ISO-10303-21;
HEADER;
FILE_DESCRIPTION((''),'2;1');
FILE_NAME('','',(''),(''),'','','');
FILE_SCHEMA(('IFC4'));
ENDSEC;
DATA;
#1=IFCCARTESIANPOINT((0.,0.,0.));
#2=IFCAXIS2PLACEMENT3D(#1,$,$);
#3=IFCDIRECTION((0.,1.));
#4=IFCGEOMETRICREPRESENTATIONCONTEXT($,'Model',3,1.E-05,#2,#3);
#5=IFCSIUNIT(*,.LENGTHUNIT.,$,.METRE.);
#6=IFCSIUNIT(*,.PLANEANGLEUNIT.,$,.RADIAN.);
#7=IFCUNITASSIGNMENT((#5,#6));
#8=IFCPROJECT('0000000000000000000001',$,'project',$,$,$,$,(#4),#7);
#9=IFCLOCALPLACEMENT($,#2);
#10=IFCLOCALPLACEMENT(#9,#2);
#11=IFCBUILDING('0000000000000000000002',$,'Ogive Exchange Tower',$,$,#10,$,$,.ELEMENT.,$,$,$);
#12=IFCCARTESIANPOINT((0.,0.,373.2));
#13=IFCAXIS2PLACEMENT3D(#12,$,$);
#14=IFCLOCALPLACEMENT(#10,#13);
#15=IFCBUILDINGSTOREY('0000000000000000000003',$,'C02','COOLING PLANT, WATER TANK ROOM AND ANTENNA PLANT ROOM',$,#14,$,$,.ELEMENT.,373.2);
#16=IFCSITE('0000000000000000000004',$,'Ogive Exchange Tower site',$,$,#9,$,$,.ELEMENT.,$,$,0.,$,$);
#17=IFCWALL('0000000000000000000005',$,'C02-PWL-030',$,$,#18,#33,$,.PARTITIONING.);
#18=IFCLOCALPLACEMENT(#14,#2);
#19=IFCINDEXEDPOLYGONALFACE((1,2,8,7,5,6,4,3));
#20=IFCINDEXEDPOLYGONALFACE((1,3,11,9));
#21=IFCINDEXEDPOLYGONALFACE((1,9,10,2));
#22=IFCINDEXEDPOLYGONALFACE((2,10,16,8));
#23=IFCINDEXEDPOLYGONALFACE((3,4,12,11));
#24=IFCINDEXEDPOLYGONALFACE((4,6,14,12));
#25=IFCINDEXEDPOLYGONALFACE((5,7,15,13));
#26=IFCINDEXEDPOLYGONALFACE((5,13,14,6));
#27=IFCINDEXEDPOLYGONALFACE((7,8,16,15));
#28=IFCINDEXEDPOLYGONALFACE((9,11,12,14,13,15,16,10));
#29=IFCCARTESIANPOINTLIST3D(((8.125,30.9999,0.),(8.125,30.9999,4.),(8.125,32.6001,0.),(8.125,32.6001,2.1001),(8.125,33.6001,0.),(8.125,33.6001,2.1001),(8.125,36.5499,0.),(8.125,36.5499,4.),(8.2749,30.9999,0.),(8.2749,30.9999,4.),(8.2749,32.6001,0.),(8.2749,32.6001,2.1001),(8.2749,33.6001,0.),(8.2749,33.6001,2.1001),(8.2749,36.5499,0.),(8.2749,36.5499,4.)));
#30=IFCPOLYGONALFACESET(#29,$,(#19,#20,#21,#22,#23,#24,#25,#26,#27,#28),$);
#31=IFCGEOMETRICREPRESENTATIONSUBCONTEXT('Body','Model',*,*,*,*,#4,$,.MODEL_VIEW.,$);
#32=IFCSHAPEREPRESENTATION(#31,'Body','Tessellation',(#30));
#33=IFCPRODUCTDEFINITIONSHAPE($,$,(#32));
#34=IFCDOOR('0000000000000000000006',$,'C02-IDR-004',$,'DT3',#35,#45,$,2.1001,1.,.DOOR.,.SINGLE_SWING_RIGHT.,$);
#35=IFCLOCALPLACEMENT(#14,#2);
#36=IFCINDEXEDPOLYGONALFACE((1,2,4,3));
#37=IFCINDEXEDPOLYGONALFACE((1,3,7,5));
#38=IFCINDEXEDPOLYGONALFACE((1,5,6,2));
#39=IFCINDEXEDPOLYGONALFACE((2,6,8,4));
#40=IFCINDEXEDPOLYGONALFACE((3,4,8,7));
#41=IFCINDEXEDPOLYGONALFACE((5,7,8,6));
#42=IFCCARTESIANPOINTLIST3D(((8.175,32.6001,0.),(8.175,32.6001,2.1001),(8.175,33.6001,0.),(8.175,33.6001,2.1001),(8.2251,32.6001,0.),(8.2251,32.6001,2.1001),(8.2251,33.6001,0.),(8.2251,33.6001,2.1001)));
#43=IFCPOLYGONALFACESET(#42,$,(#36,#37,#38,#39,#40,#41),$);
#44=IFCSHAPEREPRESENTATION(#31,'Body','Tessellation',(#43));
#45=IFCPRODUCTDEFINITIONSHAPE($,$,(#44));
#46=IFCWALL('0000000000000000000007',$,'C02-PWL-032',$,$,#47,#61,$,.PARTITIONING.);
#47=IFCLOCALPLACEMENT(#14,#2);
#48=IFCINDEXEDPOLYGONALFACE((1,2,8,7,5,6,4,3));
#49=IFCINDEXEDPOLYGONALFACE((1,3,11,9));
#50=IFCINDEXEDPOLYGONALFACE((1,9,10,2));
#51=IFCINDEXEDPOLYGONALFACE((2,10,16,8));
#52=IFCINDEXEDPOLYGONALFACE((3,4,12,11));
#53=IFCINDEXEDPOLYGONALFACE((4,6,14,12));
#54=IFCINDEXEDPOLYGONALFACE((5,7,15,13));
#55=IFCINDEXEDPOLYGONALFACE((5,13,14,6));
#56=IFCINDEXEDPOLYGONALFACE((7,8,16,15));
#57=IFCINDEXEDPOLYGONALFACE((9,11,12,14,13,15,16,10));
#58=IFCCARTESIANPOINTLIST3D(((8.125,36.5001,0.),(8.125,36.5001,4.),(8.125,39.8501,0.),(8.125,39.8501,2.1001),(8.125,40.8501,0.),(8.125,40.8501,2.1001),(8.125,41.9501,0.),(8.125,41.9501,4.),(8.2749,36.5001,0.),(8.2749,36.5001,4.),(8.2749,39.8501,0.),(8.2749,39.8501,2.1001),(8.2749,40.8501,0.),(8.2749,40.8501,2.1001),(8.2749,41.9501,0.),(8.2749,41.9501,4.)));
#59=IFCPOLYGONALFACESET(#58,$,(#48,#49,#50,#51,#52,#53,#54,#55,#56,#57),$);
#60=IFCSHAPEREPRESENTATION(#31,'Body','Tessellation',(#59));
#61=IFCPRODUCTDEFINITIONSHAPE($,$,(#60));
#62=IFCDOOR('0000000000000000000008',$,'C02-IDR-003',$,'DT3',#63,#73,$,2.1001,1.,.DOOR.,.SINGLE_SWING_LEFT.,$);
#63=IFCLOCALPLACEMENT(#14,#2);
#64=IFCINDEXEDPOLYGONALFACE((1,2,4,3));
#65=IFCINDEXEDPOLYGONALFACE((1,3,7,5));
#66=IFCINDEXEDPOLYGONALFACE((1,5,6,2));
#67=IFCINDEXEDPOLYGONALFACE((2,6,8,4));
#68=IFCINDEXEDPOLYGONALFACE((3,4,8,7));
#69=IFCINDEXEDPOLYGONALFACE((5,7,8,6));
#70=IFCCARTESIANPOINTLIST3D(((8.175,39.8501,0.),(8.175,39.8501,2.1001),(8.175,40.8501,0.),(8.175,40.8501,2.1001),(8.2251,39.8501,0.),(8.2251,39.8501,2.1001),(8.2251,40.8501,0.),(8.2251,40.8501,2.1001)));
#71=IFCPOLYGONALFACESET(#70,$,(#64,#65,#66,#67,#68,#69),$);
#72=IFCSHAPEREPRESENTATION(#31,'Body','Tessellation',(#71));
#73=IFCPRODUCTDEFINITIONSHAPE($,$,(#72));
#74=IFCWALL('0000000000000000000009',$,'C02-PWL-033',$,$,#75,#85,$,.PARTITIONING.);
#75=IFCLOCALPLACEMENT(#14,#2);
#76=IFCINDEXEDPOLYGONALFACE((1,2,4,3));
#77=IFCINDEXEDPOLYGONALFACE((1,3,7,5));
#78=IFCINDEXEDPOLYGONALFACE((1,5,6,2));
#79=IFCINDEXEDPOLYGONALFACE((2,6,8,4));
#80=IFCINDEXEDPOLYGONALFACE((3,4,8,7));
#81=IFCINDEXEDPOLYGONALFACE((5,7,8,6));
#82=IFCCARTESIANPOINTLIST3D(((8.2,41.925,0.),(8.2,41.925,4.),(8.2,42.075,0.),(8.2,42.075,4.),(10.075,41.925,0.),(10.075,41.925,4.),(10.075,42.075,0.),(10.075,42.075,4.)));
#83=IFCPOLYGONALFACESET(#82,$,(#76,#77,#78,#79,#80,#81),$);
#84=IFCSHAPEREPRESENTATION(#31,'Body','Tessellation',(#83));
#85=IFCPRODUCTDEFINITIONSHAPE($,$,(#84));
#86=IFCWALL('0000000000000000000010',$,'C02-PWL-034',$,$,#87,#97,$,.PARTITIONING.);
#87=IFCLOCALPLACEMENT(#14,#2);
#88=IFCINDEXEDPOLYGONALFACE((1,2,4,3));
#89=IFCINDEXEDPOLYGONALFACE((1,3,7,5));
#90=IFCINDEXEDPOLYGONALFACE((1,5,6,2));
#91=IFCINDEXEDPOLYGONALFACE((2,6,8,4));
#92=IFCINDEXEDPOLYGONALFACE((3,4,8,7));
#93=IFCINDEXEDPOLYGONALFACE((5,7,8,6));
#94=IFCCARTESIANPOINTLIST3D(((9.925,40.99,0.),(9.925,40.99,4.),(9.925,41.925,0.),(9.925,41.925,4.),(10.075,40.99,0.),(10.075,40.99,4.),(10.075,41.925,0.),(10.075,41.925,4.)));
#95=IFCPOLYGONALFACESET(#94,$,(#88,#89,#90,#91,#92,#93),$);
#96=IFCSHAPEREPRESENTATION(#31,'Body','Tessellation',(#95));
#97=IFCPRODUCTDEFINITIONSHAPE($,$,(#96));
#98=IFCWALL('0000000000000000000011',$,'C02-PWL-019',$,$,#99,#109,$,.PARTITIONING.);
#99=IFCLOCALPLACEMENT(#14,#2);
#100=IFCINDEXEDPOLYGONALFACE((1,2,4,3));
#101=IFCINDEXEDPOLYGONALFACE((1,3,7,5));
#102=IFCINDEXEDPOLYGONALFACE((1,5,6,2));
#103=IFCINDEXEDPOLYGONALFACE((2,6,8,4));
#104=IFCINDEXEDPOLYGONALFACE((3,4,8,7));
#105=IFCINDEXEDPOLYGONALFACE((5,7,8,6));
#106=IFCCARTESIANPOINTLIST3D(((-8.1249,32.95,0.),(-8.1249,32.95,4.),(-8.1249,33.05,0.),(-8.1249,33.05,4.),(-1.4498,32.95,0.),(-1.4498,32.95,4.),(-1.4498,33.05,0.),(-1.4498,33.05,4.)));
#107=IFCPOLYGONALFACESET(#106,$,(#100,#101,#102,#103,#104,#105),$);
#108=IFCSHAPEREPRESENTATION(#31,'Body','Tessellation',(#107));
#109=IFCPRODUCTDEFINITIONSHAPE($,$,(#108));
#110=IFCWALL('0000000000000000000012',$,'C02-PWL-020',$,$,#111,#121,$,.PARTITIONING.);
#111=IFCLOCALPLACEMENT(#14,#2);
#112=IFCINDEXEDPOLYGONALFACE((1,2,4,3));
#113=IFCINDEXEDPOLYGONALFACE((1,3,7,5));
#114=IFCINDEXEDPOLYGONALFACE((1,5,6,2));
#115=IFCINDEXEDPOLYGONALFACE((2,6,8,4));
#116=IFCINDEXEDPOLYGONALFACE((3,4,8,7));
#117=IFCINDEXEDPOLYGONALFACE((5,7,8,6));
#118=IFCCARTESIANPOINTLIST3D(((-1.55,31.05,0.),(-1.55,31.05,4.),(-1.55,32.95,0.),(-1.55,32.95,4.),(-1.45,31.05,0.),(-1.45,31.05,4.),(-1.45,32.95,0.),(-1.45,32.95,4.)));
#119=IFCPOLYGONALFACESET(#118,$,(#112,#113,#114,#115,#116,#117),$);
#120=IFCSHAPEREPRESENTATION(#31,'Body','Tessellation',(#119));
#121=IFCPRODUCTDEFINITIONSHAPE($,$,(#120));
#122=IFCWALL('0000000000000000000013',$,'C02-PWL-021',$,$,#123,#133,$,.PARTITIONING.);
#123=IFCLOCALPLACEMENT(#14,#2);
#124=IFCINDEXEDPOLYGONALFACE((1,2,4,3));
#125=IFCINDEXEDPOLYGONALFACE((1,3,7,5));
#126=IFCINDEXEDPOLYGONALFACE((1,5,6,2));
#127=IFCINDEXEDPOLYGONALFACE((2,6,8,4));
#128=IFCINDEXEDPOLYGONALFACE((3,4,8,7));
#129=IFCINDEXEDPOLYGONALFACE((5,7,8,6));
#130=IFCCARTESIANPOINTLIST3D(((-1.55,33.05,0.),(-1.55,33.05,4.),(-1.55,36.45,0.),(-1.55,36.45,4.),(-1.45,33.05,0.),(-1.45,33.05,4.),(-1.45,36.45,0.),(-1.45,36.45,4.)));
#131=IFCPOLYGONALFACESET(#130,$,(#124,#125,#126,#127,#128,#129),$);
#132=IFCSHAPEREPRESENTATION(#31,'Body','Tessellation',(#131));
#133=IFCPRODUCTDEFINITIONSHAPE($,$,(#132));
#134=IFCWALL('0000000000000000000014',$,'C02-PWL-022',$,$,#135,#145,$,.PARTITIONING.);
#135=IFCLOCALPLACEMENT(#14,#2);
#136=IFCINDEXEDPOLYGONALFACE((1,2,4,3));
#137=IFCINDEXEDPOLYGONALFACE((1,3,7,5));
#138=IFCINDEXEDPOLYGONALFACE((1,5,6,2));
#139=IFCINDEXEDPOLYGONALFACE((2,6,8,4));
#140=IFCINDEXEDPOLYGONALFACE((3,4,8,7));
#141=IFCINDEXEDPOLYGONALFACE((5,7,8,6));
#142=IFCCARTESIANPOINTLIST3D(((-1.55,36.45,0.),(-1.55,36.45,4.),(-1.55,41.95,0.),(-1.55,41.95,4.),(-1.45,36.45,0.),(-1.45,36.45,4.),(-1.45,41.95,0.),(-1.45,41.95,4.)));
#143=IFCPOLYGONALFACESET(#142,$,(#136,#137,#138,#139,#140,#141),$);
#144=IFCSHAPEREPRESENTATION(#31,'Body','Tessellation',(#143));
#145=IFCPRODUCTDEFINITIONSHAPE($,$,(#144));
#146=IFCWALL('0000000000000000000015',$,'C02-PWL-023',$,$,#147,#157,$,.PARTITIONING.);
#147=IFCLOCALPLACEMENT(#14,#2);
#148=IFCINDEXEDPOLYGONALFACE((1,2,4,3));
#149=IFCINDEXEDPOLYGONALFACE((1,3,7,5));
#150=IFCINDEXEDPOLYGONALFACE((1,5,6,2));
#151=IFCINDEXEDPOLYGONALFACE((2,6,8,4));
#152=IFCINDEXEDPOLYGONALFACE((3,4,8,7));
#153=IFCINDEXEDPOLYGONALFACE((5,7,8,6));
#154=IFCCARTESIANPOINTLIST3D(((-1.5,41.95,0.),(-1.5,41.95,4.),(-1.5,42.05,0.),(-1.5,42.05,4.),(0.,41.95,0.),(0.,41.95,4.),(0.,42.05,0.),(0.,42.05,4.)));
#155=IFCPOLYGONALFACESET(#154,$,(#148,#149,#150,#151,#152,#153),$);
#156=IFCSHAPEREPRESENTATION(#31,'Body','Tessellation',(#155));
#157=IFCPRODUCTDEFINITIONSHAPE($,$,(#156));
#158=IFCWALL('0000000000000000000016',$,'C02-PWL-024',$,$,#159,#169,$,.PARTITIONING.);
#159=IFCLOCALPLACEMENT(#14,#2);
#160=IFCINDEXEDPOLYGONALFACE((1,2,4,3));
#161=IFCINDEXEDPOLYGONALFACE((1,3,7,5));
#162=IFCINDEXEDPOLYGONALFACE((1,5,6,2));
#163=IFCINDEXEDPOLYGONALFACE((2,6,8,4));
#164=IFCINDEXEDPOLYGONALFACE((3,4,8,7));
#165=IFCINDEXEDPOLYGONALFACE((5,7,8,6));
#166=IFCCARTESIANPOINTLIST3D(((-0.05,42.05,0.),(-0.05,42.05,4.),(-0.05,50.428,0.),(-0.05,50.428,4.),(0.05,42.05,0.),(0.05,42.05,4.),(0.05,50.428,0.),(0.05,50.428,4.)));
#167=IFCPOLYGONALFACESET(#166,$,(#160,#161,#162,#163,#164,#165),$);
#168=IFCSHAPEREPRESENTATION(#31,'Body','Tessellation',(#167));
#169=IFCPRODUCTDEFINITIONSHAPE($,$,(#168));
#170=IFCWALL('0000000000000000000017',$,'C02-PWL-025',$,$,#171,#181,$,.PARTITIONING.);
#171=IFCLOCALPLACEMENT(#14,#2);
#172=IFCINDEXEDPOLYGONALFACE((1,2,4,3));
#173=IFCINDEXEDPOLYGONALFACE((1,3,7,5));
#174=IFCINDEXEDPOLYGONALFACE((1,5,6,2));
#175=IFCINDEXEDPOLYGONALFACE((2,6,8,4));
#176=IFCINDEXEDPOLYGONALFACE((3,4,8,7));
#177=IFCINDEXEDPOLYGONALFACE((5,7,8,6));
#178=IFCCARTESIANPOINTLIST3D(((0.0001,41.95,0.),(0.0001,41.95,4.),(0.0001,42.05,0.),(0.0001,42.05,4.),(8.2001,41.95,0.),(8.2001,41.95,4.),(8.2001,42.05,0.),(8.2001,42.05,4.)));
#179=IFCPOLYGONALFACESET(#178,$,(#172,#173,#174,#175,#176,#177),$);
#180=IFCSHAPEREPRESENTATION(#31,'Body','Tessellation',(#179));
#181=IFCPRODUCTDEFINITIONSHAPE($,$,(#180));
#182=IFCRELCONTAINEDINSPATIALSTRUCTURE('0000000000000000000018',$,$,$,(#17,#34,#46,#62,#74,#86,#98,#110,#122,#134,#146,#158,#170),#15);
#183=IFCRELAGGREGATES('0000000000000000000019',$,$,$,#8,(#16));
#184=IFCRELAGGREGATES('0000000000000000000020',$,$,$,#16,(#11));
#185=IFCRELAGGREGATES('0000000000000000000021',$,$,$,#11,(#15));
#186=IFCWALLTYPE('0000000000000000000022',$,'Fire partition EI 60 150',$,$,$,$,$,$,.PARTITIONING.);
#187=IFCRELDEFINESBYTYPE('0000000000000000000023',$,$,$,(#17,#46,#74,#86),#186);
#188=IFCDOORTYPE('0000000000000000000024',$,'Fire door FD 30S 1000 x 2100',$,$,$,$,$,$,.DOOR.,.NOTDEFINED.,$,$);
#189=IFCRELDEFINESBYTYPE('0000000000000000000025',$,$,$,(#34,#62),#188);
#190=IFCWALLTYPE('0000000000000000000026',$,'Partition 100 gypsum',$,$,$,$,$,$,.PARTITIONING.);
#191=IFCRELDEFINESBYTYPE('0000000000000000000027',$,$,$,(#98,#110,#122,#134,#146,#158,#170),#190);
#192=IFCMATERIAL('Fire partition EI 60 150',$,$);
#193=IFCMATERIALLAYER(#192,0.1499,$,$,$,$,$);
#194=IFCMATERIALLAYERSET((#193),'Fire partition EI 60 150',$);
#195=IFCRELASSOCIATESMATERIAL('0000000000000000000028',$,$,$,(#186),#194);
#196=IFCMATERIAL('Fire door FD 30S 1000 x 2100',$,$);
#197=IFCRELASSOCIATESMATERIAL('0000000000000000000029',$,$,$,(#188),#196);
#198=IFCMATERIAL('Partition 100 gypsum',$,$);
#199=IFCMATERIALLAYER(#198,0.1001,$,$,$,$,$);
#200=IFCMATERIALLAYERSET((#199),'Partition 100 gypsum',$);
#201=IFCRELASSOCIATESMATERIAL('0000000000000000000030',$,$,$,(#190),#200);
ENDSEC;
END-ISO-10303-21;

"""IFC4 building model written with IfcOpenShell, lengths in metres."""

from ifc_helpers import new_model, si_unit, direction, frame, frame_2d, origin, place, context, subcontext, project, spatial, rectangle, extrude, material, layer, layer_set, type_object, element, fill, save


model = new_model("IFC4")

# Units and contexts
model_context = context("Model", 3, precision=1e-05, world=origin(), true_north=direction((0.0, 1.0)))
body_context = subcontext(model_context, "Body", "Model", "MODEL_VIEW")
ifc_project = project(units=[si_unit("LENGTHUNIT", "METRE"), si_unit("PLANEANGLEUNIT", "RADIAN")], contexts=[model_context])

# Site, building, storey
site_placement = place(None, origin())
site = spatial("IfcSite", under=ifc_project, at=site_placement, Name="Ogive Exchange Tower site", CompositionType="ELEMENT", RefElevation=0.0)
building_placement = place(site_placement, origin())
building = spatial("IfcBuilding", under=site, at=building_placement, Name="Ogive Exchange Tower", CompositionType="ELEMENT")
storey_placement = place(building_placement, frame((0.0, 0.0, 373.2)))
storey = spatial("IfcBuildingStorey", under=building, at=storey_placement, Name="C02", Description="COOLING PLANT, WATER TANK ROOM AND ANTENNA PLANT ROOM", CompositionType="ELEMENT", Elevation=373.2)

# Shared definitions
ifc_material_1 = material(Name="Fire partition EI 60 150")
ifc_layer_1 = layer(ifc_material_1, 0.1499)
ifc_layer_set_1 = layer_set([ifc_layer_1], Name="Fire partition EI 60 150")
wall_type_1 = type_object("IfcWallType", Name="Fire partition EI 60 150", PredefinedType="PARTITIONING", material=ifc_layer_set_1)

# Walls, openings, doors
wall_1_placement = place(storey_placement, frame((8.2, 31.0, 0.0), z_axis=(0.0, 0.0, 1.0), x_axis=(0.0, 1.0, 0.0)))
wall_1 = element("IfcWall", 1, at=wall_1_placement, inside=storey, type_object=wall_type_1, Name="C02-PWL-030", PredefinedType="PARTITIONING", context=body_context, shape_type="SweptSolid", body=[
    extrude(rectangle(XDim=5.55, YDim=0.1499, at=frame_2d((2.7749, 0.0))), origin(), (0.0, 0.0, 1.0), 4.0),
])
opening_1_placement = place(wall_1_placement, frame((1.6001, 0.0, 0.0)))
opening_1 = element("IfcOpeningElement", 2, at=opening_1_placement, cuts=wall_1, PredefinedType="OPENING", context=body_context, shape_type="SweptSolid", body=[
    extrude(rectangle(XDim=1.0, YDim=2.1001, at=frame_2d((0.5, 1.05))), frame((0.0, 0.085, 0.0), z_axis=(0.0, -1.0, 0.0), x_axis=(1.0, 0.0, 0.0)), (0.0, 0.0, 1.0), 0.1699),
])
ifc_material_2 = material(Name="Fire door FD 30S 1000 x 2100")
door_type = type_object("IfcDoorType", Name="Fire door FD 30S 1000 x 2100", OperationType="NOTDEFINED", PredefinedType="DOOR", material=ifc_material_2)
door_1_placement = place(opening_1_placement, origin())
door_1 = element("IfcDoor", 3, at=door_1_placement, inside=storey, type_object=door_type, Name="C02-IDR-004", ObjectType="DT3", OperationType="SINGLE_SWING_RIGHT", OverallHeight=2.1001, OverallWidth=1.0, PredefinedType="DOOR", context=body_context, shape_type="SweptSolid", body=[
    extrude(rectangle(XDim=1.0, YDim=2.1001, at=frame_2d((0.5, 1.05))), frame((0.0, 0.0249, 0.0), z_axis=(0.0, -1.0, 0.0), x_axis=(1.0, 0.0, 0.0)), (0.0, 0.0, 1.0), 0.05),
])
fill(opening_1, door_1)
wall_2_placement = place(storey_placement, frame((8.2, 36.5, 0.0), z_axis=(0.0, 0.0, 1.0), x_axis=(0.0, 1.0, 0.0)))
wall_2 = element("IfcWall", 4, at=wall_2_placement, inside=storey, type_object=wall_type_1, Name="C02-PWL-032", PredefinedType="PARTITIONING", context=body_context, shape_type="SweptSolid", body=[
    extrude(rectangle(XDim=5.45, YDim=0.1499, at=frame_2d((2.7251, 0.0))), origin(), (0.0, 0.0, 1.0), 4.0),
])
opening_2_placement = place(wall_2_placement, frame((3.3501, 0.0, 0.0)))
opening_2 = element("IfcOpeningElement", 5, at=opening_2_placement, cuts=wall_2, PredefinedType="OPENING", context=body_context, shape_type="SweptSolid", body=[
    extrude(rectangle(XDim=1.0, YDim=2.1001, at=frame_2d((0.5, 1.05))), frame((0.0, 0.085, 0.0), z_axis=(0.0, -1.0, 0.0), x_axis=(1.0, 0.0, 0.0)), (0.0, 0.0, 1.0), 0.1699),
])
door_2_placement = place(opening_2_placement, origin())
door_2 = element("IfcDoor", 6, at=door_2_placement, inside=storey, type_object=door_type, Name="C02-IDR-003", ObjectType="DT3", OperationType="SINGLE_SWING_LEFT", OverallHeight=2.1001, OverallWidth=1.0, PredefinedType="DOOR", context=body_context, shape_type="SweptSolid", body=[
    extrude(rectangle(XDim=1.0, YDim=2.1001, at=frame_2d((0.5, 1.05))), frame((0.0, 0.0249, 0.0), z_axis=(0.0, -1.0, 0.0), x_axis=(1.0, 0.0, 0.0)), (0.0, 0.0, 1.0), 0.05),
])
fill(opening_2, door_2)

# Walls
wall_3_placement = place(storey_placement, frame((8.2, 42.0, 0.0), z_axis=(0.0, 0.0, 1.0), x_axis=(1.0, 0.0, 0.0)))
element("IfcWall", 7, at=wall_3_placement, inside=storey, type_object=wall_type_1, Name="C02-PWL-033", PredefinedType="PARTITIONING", context=body_context, shape_type="SweptSolid", body=[
    extrude(rectangle(XDim=1.875, YDim=0.1499, at=frame_2d((0.9375, 0.0))), origin(), (0.0, 0.0, 1.0), 4.0),
])
wall_4_placement = place(storey_placement, frame((10.0, 41.925, 0.0), z_axis=(0.0, 0.0, 1.0), x_axis=(0.0, -1.0, 0.0)))
element("IfcWall", 8, at=wall_4_placement, inside=storey, type_object=wall_type_1, Name="C02-PWL-034", PredefinedType="PARTITIONING", context=body_context, shape_type="SweptSolid", body=[
    extrude(rectangle(XDim=0.9351, YDim=0.1499, at=frame_2d((0.4675, 0.0))), origin(), (0.0, 0.0, 1.0), 4.0),
])
ifc_material_3 = material(Name="Partition 100 gypsum")
ifc_layer_2 = layer(ifc_material_3, 0.1001)
ifc_layer_set_2 = layer_set([ifc_layer_2], Name="Partition 100 gypsum")
wall_type_2 = type_object("IfcWallType", Name="Partition 100 gypsum", PredefinedType="PARTITIONING", material=ifc_layer_set_2)
wall_5_placement = place(storey_placement, frame((-1.45, 33.0, 0.0), z_axis=(0.0, 0.0, 1.0), x_axis=(-1.0, 0.0, 0.0)))
element("IfcWall", 9, at=wall_5_placement, inside=storey, type_object=wall_type_2, Name="C02-PWL-019", PredefinedType="PARTITIONING", context=body_context, shape_type="SweptSolid", body=[
    extrude(rectangle(XDim=6.675, YDim=0.1001, at=frame_2d((3.3374, 0.0))), origin(), (0.0, 0.0, 1.0), 4.0),
])
wall_6_placement = place(storey_placement, frame((-1.5, 32.95, 0.0), z_axis=(0.0, 0.0, 1.0), x_axis=(0.0, -1.0, 0.0)))
element("IfcWall", 10, at=wall_6_placement, inside=storey, type_object=wall_type_2, Name="C02-PWL-020", PredefinedType="PARTITIONING", context=body_context, shape_type="SweptSolid", body=[
    extrude(rectangle(XDim=1.8999, YDim=0.1001, at=frame_2d((0.95, 0.0))), origin(), (0.0, 0.0, 1.0), 4.0),
])
wall_7_placement = place(storey_placement, frame((-1.5, 36.45, 0.0), z_axis=(0.0, 0.0, 1.0), x_axis=(0.0, -1.0, 0.0)))
element("IfcWall", 11, at=wall_7_placement, inside=storey, type_object=wall_type_2, Name="C02-PWL-021", PredefinedType="PARTITIONING", context=body_context, shape_type="SweptSolid", body=[
    extrude(rectangle(XDim=3.3999, YDim=0.1001, at=frame_2d((1.7, 0.0))), origin(), (0.0, 0.0, 1.0), 4.0),
])
wall_8_placement = place(storey_placement, frame((-1.5, 41.95, 0.0), z_axis=(0.0, 0.0, 1.0), x_axis=(0.0, -1.0, 0.0)))
element("IfcWall", 12, at=wall_8_placement, inside=storey, type_object=wall_type_2, Name="C02-PWL-022", PredefinedType="PARTITIONING", context=body_context, shape_type="SweptSolid", body=[
    extrude(rectangle(XDim=5.5, YDim=0.1001, at=frame_2d((2.75, 0.0))), origin(), (0.0, 0.0, 1.0), 4.0),
])
wall_9_placement = place(storey_placement, frame((-1.5, 42.0, 0.0), z_axis=(0.0, 0.0, 1.0), x_axis=(1.0, 0.0, 0.0)))
element("IfcWall", 13, at=wall_9_placement, inside=storey, type_object=wall_type_2, Name="C02-PWL-023", PredefinedType="PARTITIONING", context=body_context, shape_type="SweptSolid", body=[
    extrude(rectangle(XDim=1.5, YDim=0.1001, at=frame_2d((0.75, 0.0))), origin(), (0.0, 0.0, 1.0), 4.0),
])
wall_10_placement = place(storey_placement, frame((0.0, 42.05, 0.0), z_axis=(0.0, 0.0, 1.0), x_axis=(0.0, 1.0, 0.0)))
element("IfcWall", 14, at=wall_10_placement, inside=storey, type_object=wall_type_2, Name="C02-PWL-024", PredefinedType="PARTITIONING", context=body_context, shape_type="SweptSolid", body=[
    extrude(rectangle(XDim=8.3779, YDim=0.1001, at=frame_2d((4.189, 0.0))), origin(), (0.0, 0.0, 1.0), 4.0),
])
wall_11_placement = place(storey_placement, frame((0.0, 42.0, 0.0), z_axis=(0.0, 0.0, 1.0), x_axis=(1.0, 0.0, 0.0)))
element("IfcWall", 15, at=wall_11_placement, inside=storey, type_object=wall_type_2, Name="C02-PWL-025", PredefinedType="PARTITIONING", context=body_context, shape_type="SweptSolid", body=[
    extrude(rectangle(XDim=8.2, YDim=0.1001, at=frame_2d((4.1001, 0.0))), origin(), (0.0, 0.0, 1.0), 4.0),
])

save(model, "model.ifc")
